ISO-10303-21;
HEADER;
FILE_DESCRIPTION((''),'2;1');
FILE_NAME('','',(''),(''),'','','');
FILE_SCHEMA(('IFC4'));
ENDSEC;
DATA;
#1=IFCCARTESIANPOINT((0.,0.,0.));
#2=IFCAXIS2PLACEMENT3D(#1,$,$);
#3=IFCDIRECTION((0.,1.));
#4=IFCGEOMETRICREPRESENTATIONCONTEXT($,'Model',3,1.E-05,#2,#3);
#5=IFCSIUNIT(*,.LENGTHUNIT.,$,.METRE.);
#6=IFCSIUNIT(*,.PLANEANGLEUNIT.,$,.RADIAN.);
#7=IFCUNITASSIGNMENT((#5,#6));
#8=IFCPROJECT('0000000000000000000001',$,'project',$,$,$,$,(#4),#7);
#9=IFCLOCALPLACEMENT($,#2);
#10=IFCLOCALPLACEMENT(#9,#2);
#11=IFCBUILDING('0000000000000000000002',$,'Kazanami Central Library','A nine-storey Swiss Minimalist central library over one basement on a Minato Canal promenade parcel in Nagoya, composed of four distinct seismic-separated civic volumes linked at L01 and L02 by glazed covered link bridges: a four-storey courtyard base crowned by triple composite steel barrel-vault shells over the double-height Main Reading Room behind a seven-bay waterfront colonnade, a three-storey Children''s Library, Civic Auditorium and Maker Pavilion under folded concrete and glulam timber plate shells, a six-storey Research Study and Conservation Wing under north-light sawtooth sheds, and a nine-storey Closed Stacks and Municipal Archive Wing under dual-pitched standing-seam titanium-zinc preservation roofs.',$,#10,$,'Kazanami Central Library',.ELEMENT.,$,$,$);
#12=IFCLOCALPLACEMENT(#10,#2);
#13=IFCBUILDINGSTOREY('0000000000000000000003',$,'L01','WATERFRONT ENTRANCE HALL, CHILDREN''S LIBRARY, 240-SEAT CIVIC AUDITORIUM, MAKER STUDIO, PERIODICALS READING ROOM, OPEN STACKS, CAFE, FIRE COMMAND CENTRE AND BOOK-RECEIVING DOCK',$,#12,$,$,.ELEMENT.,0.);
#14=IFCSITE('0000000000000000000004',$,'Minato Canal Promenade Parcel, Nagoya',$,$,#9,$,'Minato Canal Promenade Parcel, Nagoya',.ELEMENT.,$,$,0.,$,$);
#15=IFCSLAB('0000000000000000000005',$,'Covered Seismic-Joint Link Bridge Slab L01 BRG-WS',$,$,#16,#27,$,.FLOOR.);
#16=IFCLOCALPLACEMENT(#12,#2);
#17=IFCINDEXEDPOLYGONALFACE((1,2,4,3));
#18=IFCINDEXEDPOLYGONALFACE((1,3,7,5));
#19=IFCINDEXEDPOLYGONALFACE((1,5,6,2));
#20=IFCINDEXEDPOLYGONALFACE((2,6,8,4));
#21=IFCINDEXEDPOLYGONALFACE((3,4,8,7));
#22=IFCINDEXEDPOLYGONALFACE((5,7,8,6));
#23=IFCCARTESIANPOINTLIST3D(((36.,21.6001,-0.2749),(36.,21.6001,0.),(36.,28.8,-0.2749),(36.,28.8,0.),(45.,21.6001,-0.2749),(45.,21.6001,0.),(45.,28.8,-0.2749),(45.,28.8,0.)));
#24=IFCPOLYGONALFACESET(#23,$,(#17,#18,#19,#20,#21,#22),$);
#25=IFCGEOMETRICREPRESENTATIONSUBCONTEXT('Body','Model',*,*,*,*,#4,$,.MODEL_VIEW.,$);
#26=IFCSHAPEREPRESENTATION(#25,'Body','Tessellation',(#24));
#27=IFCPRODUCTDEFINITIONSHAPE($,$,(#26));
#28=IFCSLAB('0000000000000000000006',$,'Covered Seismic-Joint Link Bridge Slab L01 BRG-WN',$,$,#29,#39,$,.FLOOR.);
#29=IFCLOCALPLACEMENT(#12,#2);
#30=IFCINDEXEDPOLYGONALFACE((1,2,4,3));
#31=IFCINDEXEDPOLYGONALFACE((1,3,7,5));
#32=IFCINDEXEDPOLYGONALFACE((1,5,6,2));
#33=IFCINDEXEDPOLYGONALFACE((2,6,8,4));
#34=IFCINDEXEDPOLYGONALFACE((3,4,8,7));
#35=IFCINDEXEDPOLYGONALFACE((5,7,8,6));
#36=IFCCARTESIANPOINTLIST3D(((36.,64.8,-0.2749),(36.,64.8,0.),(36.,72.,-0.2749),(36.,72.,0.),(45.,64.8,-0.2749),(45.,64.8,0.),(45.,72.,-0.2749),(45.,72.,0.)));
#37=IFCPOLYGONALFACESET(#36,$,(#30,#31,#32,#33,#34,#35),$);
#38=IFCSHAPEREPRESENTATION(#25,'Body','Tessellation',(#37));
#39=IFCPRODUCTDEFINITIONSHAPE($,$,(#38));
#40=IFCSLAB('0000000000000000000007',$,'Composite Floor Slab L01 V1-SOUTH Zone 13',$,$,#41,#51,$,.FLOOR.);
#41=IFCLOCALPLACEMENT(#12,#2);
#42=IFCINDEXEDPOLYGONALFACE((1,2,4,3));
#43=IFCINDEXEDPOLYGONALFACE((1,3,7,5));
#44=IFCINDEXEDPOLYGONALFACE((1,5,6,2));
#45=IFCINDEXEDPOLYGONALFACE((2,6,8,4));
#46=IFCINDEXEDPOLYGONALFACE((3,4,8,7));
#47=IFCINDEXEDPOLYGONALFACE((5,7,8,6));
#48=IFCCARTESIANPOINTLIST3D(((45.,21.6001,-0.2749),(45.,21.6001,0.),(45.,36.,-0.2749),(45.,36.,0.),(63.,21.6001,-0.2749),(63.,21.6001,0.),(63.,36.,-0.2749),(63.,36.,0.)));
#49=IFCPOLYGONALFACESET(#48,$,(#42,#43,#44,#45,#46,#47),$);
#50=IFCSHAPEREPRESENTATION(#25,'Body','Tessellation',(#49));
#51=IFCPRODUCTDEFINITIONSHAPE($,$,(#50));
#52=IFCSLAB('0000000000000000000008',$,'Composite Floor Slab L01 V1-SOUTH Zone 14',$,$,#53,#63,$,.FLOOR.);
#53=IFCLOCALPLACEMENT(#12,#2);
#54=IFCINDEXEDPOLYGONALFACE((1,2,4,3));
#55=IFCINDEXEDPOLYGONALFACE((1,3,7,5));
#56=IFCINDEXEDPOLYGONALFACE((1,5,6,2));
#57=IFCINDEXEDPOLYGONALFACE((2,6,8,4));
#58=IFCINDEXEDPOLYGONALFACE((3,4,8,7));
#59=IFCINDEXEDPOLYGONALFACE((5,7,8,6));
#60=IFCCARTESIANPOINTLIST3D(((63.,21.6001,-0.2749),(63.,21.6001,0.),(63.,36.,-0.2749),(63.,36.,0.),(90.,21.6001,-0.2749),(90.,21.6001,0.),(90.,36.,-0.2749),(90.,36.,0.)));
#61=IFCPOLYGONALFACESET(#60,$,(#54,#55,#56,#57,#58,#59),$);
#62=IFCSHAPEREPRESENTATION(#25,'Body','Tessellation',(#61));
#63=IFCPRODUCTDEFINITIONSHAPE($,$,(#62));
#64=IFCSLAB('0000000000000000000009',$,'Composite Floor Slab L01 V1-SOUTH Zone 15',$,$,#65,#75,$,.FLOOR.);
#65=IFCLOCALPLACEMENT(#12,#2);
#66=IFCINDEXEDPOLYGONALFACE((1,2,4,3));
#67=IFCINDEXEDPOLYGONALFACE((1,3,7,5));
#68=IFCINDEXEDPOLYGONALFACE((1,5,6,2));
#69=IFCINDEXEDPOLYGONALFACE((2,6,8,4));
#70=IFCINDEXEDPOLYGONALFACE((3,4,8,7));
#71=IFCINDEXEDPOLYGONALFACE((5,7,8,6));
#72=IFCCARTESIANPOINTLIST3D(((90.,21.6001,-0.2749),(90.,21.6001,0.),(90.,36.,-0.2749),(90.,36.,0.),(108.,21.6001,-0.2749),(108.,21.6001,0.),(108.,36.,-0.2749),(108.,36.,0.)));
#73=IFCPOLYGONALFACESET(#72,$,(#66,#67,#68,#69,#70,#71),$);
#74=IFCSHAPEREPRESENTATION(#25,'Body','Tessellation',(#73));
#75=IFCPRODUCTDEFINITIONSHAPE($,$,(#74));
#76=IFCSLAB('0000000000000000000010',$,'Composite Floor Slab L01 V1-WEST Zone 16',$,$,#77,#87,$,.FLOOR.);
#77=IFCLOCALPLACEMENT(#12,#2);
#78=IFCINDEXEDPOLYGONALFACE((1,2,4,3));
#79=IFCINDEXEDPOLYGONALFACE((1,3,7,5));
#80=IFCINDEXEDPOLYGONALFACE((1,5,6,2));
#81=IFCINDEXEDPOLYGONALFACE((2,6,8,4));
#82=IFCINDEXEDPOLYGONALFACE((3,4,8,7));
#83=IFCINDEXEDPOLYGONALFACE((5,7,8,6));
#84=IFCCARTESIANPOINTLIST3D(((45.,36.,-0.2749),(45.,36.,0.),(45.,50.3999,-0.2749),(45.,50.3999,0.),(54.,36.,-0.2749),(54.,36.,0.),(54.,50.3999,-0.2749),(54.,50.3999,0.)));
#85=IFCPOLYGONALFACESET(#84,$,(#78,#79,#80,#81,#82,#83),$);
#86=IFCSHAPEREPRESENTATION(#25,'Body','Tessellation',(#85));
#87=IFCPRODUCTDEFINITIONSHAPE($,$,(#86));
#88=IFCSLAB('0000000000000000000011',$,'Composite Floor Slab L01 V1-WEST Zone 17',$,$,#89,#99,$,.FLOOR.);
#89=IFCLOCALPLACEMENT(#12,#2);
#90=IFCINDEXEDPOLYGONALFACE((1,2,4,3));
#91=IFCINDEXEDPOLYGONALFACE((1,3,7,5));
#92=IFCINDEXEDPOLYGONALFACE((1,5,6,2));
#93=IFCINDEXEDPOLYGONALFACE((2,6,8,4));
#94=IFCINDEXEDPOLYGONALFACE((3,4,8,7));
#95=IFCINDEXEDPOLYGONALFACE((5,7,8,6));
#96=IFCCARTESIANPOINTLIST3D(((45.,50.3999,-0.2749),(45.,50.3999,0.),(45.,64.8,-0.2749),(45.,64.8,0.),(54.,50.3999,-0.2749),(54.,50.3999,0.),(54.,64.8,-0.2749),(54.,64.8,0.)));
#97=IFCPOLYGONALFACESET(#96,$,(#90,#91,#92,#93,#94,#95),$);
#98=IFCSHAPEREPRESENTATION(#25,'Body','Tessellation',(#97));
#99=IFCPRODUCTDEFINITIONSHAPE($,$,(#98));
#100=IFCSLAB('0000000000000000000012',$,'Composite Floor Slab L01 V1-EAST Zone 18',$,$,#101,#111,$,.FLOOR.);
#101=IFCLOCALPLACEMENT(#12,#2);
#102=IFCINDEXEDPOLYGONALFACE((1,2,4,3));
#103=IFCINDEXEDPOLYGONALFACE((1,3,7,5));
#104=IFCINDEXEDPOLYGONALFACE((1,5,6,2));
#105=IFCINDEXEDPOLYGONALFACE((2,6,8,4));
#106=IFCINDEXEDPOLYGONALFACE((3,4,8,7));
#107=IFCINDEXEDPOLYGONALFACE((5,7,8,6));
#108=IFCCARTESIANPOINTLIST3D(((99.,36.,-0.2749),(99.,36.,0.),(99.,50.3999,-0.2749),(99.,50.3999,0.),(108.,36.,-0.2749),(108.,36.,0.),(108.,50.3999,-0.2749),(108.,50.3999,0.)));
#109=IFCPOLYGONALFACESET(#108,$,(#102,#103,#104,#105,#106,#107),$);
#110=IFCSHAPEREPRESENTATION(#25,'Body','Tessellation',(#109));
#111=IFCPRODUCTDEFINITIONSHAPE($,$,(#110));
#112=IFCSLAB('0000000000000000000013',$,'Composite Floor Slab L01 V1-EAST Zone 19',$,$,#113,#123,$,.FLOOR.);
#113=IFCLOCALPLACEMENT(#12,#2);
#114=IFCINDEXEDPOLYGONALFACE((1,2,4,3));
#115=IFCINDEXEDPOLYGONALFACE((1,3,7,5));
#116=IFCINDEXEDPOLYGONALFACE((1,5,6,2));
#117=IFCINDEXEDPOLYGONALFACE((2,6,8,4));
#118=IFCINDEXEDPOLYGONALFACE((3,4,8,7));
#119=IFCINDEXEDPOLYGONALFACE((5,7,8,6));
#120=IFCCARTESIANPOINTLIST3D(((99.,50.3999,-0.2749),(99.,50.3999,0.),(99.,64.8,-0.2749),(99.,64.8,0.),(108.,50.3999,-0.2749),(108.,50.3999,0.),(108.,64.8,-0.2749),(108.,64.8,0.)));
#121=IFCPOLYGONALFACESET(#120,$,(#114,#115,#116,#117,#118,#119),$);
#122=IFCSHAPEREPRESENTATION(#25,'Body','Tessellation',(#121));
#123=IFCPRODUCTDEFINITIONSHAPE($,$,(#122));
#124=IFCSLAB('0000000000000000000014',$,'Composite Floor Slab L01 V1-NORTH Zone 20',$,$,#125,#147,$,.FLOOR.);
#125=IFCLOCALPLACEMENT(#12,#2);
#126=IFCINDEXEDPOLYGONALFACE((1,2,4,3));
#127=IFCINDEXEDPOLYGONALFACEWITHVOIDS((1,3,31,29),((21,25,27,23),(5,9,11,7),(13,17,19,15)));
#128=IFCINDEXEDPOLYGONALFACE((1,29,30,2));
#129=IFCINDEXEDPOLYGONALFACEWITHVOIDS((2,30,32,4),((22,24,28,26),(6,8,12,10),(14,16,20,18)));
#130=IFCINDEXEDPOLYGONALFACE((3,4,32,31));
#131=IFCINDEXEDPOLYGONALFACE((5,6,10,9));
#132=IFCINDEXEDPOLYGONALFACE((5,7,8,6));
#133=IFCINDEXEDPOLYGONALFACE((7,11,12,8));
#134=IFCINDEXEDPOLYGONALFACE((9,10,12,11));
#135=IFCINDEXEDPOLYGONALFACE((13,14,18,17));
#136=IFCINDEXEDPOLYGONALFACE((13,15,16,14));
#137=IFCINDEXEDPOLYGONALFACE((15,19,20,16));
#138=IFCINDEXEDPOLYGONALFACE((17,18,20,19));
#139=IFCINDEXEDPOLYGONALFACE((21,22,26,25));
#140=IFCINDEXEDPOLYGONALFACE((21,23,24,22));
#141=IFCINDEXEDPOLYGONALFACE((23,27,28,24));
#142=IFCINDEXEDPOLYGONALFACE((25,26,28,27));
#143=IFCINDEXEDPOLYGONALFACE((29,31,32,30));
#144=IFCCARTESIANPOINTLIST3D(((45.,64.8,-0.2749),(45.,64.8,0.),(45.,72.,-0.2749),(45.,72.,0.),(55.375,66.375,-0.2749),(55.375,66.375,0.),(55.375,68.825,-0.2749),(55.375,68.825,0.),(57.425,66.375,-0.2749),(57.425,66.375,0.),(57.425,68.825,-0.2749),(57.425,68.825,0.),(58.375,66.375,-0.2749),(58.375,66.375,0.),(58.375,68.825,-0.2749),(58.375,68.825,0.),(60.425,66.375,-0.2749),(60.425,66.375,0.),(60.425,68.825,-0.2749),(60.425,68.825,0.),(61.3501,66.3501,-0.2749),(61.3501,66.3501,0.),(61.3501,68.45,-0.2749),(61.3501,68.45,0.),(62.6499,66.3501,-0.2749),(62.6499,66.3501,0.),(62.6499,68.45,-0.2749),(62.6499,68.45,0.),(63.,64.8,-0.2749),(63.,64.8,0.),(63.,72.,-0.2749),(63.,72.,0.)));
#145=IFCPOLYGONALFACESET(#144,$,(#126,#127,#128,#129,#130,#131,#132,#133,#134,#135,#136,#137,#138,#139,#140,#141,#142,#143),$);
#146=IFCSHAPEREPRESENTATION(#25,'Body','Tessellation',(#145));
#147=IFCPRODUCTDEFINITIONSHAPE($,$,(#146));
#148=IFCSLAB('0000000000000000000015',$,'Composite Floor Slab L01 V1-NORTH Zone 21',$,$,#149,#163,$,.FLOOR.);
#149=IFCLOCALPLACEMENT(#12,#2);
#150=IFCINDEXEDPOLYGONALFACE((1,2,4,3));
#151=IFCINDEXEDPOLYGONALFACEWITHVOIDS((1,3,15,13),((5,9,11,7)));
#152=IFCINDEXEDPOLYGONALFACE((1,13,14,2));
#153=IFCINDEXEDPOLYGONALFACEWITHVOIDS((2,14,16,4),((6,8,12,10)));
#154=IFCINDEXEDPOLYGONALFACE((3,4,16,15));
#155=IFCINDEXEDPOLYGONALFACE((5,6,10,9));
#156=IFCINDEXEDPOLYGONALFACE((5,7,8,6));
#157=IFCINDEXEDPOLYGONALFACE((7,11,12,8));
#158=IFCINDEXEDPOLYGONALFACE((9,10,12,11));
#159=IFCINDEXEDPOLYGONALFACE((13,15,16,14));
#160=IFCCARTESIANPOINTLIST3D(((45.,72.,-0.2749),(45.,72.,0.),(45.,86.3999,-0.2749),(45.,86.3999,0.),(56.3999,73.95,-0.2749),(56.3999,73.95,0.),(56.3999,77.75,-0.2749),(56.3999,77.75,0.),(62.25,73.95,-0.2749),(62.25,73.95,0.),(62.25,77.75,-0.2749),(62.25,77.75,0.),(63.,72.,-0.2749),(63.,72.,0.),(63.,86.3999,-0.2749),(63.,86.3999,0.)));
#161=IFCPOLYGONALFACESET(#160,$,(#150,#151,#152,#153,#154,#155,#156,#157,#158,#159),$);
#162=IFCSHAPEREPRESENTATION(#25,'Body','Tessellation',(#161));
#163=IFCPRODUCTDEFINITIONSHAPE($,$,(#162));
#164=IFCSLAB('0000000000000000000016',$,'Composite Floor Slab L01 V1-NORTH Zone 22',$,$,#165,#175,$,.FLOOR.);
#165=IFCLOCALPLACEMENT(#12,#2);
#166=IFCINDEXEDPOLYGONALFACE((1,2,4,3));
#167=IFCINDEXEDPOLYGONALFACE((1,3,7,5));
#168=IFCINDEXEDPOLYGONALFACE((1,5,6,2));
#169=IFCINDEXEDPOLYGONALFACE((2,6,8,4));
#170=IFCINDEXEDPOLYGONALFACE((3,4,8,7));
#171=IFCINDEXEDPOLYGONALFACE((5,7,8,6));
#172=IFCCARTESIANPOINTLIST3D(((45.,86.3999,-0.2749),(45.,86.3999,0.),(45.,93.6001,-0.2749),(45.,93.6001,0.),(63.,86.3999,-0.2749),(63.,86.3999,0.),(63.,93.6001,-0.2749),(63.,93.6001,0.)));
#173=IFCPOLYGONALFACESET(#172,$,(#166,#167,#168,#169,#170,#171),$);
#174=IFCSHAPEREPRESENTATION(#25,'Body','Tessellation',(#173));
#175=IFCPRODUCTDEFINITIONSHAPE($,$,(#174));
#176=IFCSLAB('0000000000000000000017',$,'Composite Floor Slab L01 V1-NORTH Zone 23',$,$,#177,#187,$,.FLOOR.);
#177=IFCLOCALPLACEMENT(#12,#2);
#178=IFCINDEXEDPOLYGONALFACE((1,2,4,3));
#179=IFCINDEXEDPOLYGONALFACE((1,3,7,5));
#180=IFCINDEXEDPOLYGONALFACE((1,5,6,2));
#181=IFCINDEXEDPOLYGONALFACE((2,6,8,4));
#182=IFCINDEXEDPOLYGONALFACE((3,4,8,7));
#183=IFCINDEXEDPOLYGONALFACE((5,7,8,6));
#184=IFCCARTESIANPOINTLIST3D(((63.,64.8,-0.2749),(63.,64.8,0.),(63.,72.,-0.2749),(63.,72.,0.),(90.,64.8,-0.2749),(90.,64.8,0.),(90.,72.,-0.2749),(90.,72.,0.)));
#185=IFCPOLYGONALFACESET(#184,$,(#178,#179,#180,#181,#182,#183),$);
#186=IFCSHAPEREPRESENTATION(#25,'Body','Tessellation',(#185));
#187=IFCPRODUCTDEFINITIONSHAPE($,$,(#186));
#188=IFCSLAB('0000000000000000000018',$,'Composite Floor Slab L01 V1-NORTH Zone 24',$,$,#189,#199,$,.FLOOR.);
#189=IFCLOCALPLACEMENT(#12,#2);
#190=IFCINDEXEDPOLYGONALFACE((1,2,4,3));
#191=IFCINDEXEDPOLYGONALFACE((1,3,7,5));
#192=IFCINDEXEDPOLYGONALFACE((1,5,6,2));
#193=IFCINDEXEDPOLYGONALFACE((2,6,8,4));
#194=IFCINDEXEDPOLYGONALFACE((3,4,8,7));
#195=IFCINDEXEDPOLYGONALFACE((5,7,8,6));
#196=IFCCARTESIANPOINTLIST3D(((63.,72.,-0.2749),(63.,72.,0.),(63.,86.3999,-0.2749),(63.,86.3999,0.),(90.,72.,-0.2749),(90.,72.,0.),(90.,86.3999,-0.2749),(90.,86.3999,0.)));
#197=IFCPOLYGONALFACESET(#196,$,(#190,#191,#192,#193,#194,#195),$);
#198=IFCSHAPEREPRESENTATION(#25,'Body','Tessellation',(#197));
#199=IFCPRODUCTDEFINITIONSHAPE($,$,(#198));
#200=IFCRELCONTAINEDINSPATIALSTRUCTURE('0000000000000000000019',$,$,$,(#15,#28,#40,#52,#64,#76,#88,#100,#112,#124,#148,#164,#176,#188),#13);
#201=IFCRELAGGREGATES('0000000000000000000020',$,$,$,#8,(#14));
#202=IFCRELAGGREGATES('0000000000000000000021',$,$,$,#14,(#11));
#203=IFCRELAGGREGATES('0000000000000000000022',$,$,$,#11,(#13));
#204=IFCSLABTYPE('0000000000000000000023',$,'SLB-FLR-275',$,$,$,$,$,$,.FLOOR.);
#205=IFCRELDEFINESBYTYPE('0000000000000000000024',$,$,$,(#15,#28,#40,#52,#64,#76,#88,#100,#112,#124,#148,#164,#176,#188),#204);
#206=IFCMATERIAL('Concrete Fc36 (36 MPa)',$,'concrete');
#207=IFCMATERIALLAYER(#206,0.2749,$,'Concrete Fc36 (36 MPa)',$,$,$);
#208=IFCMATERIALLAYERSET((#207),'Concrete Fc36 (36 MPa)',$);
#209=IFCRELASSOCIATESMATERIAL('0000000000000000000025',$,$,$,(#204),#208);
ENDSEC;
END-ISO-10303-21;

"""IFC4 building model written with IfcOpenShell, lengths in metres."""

from ifc_helpers import new_model, si_unit, direction, frame, origin, place, context, subcontext, project, spatial, polyline, outline, extrude, material, layer, layer_set, type_object, element, save


model = new_model("IFC4")

# Units and contexts
model_context = context("Model", 3, precision=1e-05, world=origin(), true_north=direction((0.0, 1.0)))
body_context = subcontext(model_context, "Body", "Model", "MODEL_VIEW")
ifc_project = project(units=[si_unit("LENGTHUNIT", "METRE"), si_unit("PLANEANGLEUNIT", "RADIAN")], contexts=[model_context])

# Site, building, storey
site_placement = place(None, origin())
site = spatial("IfcSite", under=ifc_project, at=site_placement, Name="Minato Canal Promenade Parcel, Nagoya", LongName="Minato Canal Promenade Parcel, Nagoya", CompositionType="ELEMENT", RefElevation=0.0)
building_placement = place(site_placement, origin())
building = spatial("IfcBuilding", under=site, at=building_placement, Name="Kazanami Central Library", Description="A nine-storey Swiss Minimalist central library over one basement on a Minato Canal promenade parcel in Nagoya, composed of four distinct seismic-separated civic volumes linked at L01 and L02 by glazed covered link bridges: a four-storey courtyard base crowned by triple composite steel barrel-vault shells over the double-height Main Reading Room behind a seven-bay waterfront colonnade, a three-storey Children's Library, Civic Auditorium and Maker Pavilion under folded concrete and glulam timber plate shells, a six-storey Research Study and Conservation Wing under north-light sawtooth sheds, and a nine-storey Closed Stacks and Municipal Archive Wing under dual-pitched standing-seam titanium-zinc preservation roofs.", LongName="Kazanami Central Library", CompositionType="ELEMENT")
storey_placement = place(building_placement, origin())
storey = spatial("IfcBuildingStorey", under=building, at=storey_placement, Name="L01", Description="WATERFRONT ENTRANCE HALL, CHILDREN'S LIBRARY, 240-SEAT CIVIC AUDITORIUM, MAKER STUDIO, PERIODICALS READING ROOM, OPEN STACKS, CAFE, FIRE COMMAND CENTRE AND BOOK-RECEIVING DOCK", CompositionType="ELEMENT", Elevation=0.0)

# Slabs
ifc_material_1 = material(Name="Concrete Fc36 (36 MPa)", Category="concrete")
ifc_layer = layer(ifc_material_1, 0.2749, Name="Concrete Fc36 (36 MPa)")
ifc_layer_set = layer_set([ifc_layer], Name="Concrete Fc36 (36 MPa)")
slab_type = type_object("IfcSlabType", Name="SLB-FLR-275", PredefinedType="FLOOR", material=ifc_layer_set)
slab_1_placement = place(storey_placement, frame((0.0, 0.0, -0.2749)))
element("IfcSlab", 1, at=slab_1_placement, inside=storey, type_object=slab_type, Name="Covered Seismic-Joint Link Bridge Slab L01 BRG-WS", PredefinedType="FLOOR", context=body_context, shape_type="SweptSolid", body=[
    extrude(outline(polyline([(36.0, 21.6001), (45.0, 21.6001), (45.0, 28.8), (36.0, 28.8), (36.0, 21.6001)])), origin(), (0.0, 0.0, 1.0), 0.2749),
])
slab_2_placement = place(storey_placement, frame((0.0, 0.0, -0.2749)))
element("IfcSlab", 2, at=slab_2_placement, inside=storey, type_object=slab_type, Name="Covered Seismic-Joint Link Bridge Slab L01 BRG-WN", PredefinedType="FLOOR", context=body_context, shape_type="SweptSolid", body=[
    extrude(outline(polyline([(36.0, 64.8), (45.0, 64.8), (45.0, 72.0), (36.0, 72.0), (36.0, 64.8)])), origin(), (0.0, 0.0, 1.0), 0.2749),
])
slab_3_placement = place(storey_placement, frame((0.0, 0.0, -0.2749)))
element("IfcSlab", 3, at=slab_3_placement, inside=storey, type_object=slab_type, Name="Composite Floor Slab L01 V1-SOUTH Zone 13", PredefinedType="FLOOR", context=body_context, shape_type="SweptSolid", body=[
    extrude(outline(polyline([(45.0, 21.6001), (63.0, 21.6001), (63.0, 36.0), (45.0, 36.0), (45.0, 21.6001)])), origin(), (0.0, 0.0, 1.0), 0.2749),
])
slab_4_placement = place(storey_placement, frame((0.0, 0.0, -0.2749)))
element("IfcSlab", 4, at=slab_4_placement, inside=storey, type_object=slab_type, Name="Composite Floor Slab L01 V1-SOUTH Zone 14", PredefinedType="FLOOR", context=body_context, shape_type="SweptSolid", body=[
    extrude(outline(polyline([(63.0, 21.6001), (90.0, 21.6001), (90.0, 36.0), (63.0, 36.0), (63.0, 21.6001)])), origin(), (0.0, 0.0, 1.0), 0.2749),
])
slab_5_placement = place(storey_placement, frame((0.0, 0.0, -0.2749)))
element("IfcSlab", 5, at=slab_5_placement, inside=storey, type_object=slab_type, Name="Composite Floor Slab L01 V1-SOUTH Zone 15", PredefinedType="FLOOR", context=body_context, shape_type="SweptSolid", body=[
    extrude(outline(polyline([(90.0, 21.6001), (108.0, 21.6001), (108.0, 36.0), (90.0, 36.0), (90.0, 21.6001)])), origin(), (0.0, 0.0, 1.0), 0.2749),
])
slab_6_placement = place(storey_placement, frame((0.0, 0.0, -0.2749)))
element("IfcSlab", 6, at=slab_6_placement, inside=storey, type_object=slab_type, Name="Composite Floor Slab L01 V1-WEST Zone 16", PredefinedType="FLOOR", context=body_context, shape_type="SweptSolid", body=[
    extrude(outline(polyline([(45.0, 36.0), (54.0, 36.0), (54.0, 50.3999), (45.0, 50.3999), (45.0, 36.0)])), origin(), (0.0, 0.0, 1.0), 0.2749),
])
slab_7_placement = place(storey_placement, frame((0.0, 0.0, -0.2749)))
element("IfcSlab", 7, at=slab_7_placement, inside=storey, type_object=slab_type, Name="Composite Floor Slab L01 V1-WEST Zone 17", PredefinedType="FLOOR", context=body_context, shape_type="SweptSolid", body=[
    extrude(outline(polyline([(45.0, 50.3999), (54.0, 50.3999), (54.0, 64.8), (45.0, 64.8), (45.0, 50.3999)])), origin(), (0.0, 0.0, 1.0), 0.2749),
])
slab_8_placement = place(storey_placement, frame((0.0, 0.0, -0.2749)))
element("IfcSlab", 8, at=slab_8_placement, inside=storey, type_object=slab_type, Name="Composite Floor Slab L01 V1-EAST Zone 18", PredefinedType="FLOOR", context=body_context, shape_type="SweptSolid", body=[
    extrude(outline(polyline([(99.0, 36.0), (108.0, 36.0), (108.0, 50.3999), (99.0, 50.3999), (99.0, 36.0)])), origin(), (0.0, 0.0, 1.0), 0.2749),
])
slab_9_placement = place(storey_placement, frame((0.0, 0.0, -0.2749)))
element("IfcSlab", 9, at=slab_9_placement, inside=storey, type_object=slab_type, Name="Composite Floor Slab L01 V1-EAST Zone 19", PredefinedType="FLOOR", context=body_context, shape_type="SweptSolid", body=[
    extrude(outline(polyline([(99.0, 50.3999), (108.0, 50.3999), (108.0, 64.8), (99.0, 64.8), (99.0, 50.3999)])), origin(), (0.0, 0.0, 1.0), 0.2749),
])
slab_10_placement = place(storey_placement, frame((0.0, 0.0, -0.2749)))
element("IfcSlab", 10, at=slab_10_placement, inside=storey, type_object=slab_type, Name="Composite Floor Slab L01 V1-NORTH Zone 20", PredefinedType="FLOOR", context=body_context, shape_type="SweptSolid", body=[
    extrude(outline(polyline([(45.0, 64.8), (63.0, 64.8), (63.0, 72.0), (45.0, 72.0), (45.0, 64.8)]), holes=[polyline([(55.375, 66.375), (57.425, 66.375), (57.425, 68.825), (55.375, 68.825), (55.375, 66.375)]), polyline([(58.375, 66.375), (60.425, 66.375), (60.425, 68.825), (58.375, 68.825), (58.375, 66.375)]), polyline([(61.3501, 66.3501), (62.6499, 66.3501), (62.6499, 68.45), (61.3501, 68.45), (61.3501, 66.3501)])]), origin(), (0.0, 0.0, 1.0), 0.2749),
])
slab_11_placement = place(storey_placement, frame((0.0, 0.0, -0.2749)))
element("IfcSlab", 11, at=slab_11_placement, inside=storey, type_object=slab_type, Name="Composite Floor Slab L01 V1-NORTH Zone 21", PredefinedType="FLOOR", context=body_context, shape_type="SweptSolid", body=[
    extrude(outline(polyline([(45.0, 72.0), (63.0, 72.0), (63.0, 86.3999), (45.0, 86.3999), (45.0, 72.0)]), holes=[polyline([(56.3999, 73.95), (62.25, 73.95), (62.25, 77.75), (56.3999, 77.75), (56.3999, 73.95)])]), origin(), (0.0, 0.0, 1.0), 0.2749),
])
slab_12_placement = place(storey_placement, frame((0.0, 0.0, -0.2749)))
element("IfcSlab", 12, at=slab_12_placement, inside=storey, type_object=slab_type, Name="Composite Floor Slab L01 V1-NORTH Zone 22", PredefinedType="FLOOR", context=body_context, shape_type="SweptSolid", body=[
    extrude(outline(polyline([(45.0, 86.3999), (63.0, 86.3999), (63.0, 93.6001), (45.0, 93.6001), (45.0, 86.3999)])), origin(), (0.0, 0.0, 1.0), 0.2749),
])
slab_13_placement = place(storey_placement, frame((0.0, 0.0, -0.2749)))
element("IfcSlab", 13, at=slab_13_placement, inside=storey, type_object=slab_type, Name="Composite Floor Slab L01 V1-NORTH Zone 23", PredefinedType="FLOOR", context=body_context, shape_type="SweptSolid", body=[
    extrude(outline(polyline([(63.0, 64.8), (90.0, 64.8), (90.0, 72.0), (63.0, 72.0), (63.0, 64.8)])), origin(), (0.0, 0.0, 1.0), 0.2749),
])
slab_14_placement = place(storey_placement, frame((0.0, 0.0, -0.2749)))
element("IfcSlab", 14, at=slab_14_placement, inside=storey, type_object=slab_type, Name="Composite Floor Slab L01 V1-NORTH Zone 24", PredefinedType="FLOOR", context=body_context, shape_type="SweptSolid", body=[
    extrude(outline(polyline([(63.0, 72.0), (90.0, 72.0), (90.0, 86.3999), (63.0, 86.3999), (63.0, 72.0)])), origin(), (0.0, 0.0, 1.0), 0.2749),
])

save(model, "model.ifc")
